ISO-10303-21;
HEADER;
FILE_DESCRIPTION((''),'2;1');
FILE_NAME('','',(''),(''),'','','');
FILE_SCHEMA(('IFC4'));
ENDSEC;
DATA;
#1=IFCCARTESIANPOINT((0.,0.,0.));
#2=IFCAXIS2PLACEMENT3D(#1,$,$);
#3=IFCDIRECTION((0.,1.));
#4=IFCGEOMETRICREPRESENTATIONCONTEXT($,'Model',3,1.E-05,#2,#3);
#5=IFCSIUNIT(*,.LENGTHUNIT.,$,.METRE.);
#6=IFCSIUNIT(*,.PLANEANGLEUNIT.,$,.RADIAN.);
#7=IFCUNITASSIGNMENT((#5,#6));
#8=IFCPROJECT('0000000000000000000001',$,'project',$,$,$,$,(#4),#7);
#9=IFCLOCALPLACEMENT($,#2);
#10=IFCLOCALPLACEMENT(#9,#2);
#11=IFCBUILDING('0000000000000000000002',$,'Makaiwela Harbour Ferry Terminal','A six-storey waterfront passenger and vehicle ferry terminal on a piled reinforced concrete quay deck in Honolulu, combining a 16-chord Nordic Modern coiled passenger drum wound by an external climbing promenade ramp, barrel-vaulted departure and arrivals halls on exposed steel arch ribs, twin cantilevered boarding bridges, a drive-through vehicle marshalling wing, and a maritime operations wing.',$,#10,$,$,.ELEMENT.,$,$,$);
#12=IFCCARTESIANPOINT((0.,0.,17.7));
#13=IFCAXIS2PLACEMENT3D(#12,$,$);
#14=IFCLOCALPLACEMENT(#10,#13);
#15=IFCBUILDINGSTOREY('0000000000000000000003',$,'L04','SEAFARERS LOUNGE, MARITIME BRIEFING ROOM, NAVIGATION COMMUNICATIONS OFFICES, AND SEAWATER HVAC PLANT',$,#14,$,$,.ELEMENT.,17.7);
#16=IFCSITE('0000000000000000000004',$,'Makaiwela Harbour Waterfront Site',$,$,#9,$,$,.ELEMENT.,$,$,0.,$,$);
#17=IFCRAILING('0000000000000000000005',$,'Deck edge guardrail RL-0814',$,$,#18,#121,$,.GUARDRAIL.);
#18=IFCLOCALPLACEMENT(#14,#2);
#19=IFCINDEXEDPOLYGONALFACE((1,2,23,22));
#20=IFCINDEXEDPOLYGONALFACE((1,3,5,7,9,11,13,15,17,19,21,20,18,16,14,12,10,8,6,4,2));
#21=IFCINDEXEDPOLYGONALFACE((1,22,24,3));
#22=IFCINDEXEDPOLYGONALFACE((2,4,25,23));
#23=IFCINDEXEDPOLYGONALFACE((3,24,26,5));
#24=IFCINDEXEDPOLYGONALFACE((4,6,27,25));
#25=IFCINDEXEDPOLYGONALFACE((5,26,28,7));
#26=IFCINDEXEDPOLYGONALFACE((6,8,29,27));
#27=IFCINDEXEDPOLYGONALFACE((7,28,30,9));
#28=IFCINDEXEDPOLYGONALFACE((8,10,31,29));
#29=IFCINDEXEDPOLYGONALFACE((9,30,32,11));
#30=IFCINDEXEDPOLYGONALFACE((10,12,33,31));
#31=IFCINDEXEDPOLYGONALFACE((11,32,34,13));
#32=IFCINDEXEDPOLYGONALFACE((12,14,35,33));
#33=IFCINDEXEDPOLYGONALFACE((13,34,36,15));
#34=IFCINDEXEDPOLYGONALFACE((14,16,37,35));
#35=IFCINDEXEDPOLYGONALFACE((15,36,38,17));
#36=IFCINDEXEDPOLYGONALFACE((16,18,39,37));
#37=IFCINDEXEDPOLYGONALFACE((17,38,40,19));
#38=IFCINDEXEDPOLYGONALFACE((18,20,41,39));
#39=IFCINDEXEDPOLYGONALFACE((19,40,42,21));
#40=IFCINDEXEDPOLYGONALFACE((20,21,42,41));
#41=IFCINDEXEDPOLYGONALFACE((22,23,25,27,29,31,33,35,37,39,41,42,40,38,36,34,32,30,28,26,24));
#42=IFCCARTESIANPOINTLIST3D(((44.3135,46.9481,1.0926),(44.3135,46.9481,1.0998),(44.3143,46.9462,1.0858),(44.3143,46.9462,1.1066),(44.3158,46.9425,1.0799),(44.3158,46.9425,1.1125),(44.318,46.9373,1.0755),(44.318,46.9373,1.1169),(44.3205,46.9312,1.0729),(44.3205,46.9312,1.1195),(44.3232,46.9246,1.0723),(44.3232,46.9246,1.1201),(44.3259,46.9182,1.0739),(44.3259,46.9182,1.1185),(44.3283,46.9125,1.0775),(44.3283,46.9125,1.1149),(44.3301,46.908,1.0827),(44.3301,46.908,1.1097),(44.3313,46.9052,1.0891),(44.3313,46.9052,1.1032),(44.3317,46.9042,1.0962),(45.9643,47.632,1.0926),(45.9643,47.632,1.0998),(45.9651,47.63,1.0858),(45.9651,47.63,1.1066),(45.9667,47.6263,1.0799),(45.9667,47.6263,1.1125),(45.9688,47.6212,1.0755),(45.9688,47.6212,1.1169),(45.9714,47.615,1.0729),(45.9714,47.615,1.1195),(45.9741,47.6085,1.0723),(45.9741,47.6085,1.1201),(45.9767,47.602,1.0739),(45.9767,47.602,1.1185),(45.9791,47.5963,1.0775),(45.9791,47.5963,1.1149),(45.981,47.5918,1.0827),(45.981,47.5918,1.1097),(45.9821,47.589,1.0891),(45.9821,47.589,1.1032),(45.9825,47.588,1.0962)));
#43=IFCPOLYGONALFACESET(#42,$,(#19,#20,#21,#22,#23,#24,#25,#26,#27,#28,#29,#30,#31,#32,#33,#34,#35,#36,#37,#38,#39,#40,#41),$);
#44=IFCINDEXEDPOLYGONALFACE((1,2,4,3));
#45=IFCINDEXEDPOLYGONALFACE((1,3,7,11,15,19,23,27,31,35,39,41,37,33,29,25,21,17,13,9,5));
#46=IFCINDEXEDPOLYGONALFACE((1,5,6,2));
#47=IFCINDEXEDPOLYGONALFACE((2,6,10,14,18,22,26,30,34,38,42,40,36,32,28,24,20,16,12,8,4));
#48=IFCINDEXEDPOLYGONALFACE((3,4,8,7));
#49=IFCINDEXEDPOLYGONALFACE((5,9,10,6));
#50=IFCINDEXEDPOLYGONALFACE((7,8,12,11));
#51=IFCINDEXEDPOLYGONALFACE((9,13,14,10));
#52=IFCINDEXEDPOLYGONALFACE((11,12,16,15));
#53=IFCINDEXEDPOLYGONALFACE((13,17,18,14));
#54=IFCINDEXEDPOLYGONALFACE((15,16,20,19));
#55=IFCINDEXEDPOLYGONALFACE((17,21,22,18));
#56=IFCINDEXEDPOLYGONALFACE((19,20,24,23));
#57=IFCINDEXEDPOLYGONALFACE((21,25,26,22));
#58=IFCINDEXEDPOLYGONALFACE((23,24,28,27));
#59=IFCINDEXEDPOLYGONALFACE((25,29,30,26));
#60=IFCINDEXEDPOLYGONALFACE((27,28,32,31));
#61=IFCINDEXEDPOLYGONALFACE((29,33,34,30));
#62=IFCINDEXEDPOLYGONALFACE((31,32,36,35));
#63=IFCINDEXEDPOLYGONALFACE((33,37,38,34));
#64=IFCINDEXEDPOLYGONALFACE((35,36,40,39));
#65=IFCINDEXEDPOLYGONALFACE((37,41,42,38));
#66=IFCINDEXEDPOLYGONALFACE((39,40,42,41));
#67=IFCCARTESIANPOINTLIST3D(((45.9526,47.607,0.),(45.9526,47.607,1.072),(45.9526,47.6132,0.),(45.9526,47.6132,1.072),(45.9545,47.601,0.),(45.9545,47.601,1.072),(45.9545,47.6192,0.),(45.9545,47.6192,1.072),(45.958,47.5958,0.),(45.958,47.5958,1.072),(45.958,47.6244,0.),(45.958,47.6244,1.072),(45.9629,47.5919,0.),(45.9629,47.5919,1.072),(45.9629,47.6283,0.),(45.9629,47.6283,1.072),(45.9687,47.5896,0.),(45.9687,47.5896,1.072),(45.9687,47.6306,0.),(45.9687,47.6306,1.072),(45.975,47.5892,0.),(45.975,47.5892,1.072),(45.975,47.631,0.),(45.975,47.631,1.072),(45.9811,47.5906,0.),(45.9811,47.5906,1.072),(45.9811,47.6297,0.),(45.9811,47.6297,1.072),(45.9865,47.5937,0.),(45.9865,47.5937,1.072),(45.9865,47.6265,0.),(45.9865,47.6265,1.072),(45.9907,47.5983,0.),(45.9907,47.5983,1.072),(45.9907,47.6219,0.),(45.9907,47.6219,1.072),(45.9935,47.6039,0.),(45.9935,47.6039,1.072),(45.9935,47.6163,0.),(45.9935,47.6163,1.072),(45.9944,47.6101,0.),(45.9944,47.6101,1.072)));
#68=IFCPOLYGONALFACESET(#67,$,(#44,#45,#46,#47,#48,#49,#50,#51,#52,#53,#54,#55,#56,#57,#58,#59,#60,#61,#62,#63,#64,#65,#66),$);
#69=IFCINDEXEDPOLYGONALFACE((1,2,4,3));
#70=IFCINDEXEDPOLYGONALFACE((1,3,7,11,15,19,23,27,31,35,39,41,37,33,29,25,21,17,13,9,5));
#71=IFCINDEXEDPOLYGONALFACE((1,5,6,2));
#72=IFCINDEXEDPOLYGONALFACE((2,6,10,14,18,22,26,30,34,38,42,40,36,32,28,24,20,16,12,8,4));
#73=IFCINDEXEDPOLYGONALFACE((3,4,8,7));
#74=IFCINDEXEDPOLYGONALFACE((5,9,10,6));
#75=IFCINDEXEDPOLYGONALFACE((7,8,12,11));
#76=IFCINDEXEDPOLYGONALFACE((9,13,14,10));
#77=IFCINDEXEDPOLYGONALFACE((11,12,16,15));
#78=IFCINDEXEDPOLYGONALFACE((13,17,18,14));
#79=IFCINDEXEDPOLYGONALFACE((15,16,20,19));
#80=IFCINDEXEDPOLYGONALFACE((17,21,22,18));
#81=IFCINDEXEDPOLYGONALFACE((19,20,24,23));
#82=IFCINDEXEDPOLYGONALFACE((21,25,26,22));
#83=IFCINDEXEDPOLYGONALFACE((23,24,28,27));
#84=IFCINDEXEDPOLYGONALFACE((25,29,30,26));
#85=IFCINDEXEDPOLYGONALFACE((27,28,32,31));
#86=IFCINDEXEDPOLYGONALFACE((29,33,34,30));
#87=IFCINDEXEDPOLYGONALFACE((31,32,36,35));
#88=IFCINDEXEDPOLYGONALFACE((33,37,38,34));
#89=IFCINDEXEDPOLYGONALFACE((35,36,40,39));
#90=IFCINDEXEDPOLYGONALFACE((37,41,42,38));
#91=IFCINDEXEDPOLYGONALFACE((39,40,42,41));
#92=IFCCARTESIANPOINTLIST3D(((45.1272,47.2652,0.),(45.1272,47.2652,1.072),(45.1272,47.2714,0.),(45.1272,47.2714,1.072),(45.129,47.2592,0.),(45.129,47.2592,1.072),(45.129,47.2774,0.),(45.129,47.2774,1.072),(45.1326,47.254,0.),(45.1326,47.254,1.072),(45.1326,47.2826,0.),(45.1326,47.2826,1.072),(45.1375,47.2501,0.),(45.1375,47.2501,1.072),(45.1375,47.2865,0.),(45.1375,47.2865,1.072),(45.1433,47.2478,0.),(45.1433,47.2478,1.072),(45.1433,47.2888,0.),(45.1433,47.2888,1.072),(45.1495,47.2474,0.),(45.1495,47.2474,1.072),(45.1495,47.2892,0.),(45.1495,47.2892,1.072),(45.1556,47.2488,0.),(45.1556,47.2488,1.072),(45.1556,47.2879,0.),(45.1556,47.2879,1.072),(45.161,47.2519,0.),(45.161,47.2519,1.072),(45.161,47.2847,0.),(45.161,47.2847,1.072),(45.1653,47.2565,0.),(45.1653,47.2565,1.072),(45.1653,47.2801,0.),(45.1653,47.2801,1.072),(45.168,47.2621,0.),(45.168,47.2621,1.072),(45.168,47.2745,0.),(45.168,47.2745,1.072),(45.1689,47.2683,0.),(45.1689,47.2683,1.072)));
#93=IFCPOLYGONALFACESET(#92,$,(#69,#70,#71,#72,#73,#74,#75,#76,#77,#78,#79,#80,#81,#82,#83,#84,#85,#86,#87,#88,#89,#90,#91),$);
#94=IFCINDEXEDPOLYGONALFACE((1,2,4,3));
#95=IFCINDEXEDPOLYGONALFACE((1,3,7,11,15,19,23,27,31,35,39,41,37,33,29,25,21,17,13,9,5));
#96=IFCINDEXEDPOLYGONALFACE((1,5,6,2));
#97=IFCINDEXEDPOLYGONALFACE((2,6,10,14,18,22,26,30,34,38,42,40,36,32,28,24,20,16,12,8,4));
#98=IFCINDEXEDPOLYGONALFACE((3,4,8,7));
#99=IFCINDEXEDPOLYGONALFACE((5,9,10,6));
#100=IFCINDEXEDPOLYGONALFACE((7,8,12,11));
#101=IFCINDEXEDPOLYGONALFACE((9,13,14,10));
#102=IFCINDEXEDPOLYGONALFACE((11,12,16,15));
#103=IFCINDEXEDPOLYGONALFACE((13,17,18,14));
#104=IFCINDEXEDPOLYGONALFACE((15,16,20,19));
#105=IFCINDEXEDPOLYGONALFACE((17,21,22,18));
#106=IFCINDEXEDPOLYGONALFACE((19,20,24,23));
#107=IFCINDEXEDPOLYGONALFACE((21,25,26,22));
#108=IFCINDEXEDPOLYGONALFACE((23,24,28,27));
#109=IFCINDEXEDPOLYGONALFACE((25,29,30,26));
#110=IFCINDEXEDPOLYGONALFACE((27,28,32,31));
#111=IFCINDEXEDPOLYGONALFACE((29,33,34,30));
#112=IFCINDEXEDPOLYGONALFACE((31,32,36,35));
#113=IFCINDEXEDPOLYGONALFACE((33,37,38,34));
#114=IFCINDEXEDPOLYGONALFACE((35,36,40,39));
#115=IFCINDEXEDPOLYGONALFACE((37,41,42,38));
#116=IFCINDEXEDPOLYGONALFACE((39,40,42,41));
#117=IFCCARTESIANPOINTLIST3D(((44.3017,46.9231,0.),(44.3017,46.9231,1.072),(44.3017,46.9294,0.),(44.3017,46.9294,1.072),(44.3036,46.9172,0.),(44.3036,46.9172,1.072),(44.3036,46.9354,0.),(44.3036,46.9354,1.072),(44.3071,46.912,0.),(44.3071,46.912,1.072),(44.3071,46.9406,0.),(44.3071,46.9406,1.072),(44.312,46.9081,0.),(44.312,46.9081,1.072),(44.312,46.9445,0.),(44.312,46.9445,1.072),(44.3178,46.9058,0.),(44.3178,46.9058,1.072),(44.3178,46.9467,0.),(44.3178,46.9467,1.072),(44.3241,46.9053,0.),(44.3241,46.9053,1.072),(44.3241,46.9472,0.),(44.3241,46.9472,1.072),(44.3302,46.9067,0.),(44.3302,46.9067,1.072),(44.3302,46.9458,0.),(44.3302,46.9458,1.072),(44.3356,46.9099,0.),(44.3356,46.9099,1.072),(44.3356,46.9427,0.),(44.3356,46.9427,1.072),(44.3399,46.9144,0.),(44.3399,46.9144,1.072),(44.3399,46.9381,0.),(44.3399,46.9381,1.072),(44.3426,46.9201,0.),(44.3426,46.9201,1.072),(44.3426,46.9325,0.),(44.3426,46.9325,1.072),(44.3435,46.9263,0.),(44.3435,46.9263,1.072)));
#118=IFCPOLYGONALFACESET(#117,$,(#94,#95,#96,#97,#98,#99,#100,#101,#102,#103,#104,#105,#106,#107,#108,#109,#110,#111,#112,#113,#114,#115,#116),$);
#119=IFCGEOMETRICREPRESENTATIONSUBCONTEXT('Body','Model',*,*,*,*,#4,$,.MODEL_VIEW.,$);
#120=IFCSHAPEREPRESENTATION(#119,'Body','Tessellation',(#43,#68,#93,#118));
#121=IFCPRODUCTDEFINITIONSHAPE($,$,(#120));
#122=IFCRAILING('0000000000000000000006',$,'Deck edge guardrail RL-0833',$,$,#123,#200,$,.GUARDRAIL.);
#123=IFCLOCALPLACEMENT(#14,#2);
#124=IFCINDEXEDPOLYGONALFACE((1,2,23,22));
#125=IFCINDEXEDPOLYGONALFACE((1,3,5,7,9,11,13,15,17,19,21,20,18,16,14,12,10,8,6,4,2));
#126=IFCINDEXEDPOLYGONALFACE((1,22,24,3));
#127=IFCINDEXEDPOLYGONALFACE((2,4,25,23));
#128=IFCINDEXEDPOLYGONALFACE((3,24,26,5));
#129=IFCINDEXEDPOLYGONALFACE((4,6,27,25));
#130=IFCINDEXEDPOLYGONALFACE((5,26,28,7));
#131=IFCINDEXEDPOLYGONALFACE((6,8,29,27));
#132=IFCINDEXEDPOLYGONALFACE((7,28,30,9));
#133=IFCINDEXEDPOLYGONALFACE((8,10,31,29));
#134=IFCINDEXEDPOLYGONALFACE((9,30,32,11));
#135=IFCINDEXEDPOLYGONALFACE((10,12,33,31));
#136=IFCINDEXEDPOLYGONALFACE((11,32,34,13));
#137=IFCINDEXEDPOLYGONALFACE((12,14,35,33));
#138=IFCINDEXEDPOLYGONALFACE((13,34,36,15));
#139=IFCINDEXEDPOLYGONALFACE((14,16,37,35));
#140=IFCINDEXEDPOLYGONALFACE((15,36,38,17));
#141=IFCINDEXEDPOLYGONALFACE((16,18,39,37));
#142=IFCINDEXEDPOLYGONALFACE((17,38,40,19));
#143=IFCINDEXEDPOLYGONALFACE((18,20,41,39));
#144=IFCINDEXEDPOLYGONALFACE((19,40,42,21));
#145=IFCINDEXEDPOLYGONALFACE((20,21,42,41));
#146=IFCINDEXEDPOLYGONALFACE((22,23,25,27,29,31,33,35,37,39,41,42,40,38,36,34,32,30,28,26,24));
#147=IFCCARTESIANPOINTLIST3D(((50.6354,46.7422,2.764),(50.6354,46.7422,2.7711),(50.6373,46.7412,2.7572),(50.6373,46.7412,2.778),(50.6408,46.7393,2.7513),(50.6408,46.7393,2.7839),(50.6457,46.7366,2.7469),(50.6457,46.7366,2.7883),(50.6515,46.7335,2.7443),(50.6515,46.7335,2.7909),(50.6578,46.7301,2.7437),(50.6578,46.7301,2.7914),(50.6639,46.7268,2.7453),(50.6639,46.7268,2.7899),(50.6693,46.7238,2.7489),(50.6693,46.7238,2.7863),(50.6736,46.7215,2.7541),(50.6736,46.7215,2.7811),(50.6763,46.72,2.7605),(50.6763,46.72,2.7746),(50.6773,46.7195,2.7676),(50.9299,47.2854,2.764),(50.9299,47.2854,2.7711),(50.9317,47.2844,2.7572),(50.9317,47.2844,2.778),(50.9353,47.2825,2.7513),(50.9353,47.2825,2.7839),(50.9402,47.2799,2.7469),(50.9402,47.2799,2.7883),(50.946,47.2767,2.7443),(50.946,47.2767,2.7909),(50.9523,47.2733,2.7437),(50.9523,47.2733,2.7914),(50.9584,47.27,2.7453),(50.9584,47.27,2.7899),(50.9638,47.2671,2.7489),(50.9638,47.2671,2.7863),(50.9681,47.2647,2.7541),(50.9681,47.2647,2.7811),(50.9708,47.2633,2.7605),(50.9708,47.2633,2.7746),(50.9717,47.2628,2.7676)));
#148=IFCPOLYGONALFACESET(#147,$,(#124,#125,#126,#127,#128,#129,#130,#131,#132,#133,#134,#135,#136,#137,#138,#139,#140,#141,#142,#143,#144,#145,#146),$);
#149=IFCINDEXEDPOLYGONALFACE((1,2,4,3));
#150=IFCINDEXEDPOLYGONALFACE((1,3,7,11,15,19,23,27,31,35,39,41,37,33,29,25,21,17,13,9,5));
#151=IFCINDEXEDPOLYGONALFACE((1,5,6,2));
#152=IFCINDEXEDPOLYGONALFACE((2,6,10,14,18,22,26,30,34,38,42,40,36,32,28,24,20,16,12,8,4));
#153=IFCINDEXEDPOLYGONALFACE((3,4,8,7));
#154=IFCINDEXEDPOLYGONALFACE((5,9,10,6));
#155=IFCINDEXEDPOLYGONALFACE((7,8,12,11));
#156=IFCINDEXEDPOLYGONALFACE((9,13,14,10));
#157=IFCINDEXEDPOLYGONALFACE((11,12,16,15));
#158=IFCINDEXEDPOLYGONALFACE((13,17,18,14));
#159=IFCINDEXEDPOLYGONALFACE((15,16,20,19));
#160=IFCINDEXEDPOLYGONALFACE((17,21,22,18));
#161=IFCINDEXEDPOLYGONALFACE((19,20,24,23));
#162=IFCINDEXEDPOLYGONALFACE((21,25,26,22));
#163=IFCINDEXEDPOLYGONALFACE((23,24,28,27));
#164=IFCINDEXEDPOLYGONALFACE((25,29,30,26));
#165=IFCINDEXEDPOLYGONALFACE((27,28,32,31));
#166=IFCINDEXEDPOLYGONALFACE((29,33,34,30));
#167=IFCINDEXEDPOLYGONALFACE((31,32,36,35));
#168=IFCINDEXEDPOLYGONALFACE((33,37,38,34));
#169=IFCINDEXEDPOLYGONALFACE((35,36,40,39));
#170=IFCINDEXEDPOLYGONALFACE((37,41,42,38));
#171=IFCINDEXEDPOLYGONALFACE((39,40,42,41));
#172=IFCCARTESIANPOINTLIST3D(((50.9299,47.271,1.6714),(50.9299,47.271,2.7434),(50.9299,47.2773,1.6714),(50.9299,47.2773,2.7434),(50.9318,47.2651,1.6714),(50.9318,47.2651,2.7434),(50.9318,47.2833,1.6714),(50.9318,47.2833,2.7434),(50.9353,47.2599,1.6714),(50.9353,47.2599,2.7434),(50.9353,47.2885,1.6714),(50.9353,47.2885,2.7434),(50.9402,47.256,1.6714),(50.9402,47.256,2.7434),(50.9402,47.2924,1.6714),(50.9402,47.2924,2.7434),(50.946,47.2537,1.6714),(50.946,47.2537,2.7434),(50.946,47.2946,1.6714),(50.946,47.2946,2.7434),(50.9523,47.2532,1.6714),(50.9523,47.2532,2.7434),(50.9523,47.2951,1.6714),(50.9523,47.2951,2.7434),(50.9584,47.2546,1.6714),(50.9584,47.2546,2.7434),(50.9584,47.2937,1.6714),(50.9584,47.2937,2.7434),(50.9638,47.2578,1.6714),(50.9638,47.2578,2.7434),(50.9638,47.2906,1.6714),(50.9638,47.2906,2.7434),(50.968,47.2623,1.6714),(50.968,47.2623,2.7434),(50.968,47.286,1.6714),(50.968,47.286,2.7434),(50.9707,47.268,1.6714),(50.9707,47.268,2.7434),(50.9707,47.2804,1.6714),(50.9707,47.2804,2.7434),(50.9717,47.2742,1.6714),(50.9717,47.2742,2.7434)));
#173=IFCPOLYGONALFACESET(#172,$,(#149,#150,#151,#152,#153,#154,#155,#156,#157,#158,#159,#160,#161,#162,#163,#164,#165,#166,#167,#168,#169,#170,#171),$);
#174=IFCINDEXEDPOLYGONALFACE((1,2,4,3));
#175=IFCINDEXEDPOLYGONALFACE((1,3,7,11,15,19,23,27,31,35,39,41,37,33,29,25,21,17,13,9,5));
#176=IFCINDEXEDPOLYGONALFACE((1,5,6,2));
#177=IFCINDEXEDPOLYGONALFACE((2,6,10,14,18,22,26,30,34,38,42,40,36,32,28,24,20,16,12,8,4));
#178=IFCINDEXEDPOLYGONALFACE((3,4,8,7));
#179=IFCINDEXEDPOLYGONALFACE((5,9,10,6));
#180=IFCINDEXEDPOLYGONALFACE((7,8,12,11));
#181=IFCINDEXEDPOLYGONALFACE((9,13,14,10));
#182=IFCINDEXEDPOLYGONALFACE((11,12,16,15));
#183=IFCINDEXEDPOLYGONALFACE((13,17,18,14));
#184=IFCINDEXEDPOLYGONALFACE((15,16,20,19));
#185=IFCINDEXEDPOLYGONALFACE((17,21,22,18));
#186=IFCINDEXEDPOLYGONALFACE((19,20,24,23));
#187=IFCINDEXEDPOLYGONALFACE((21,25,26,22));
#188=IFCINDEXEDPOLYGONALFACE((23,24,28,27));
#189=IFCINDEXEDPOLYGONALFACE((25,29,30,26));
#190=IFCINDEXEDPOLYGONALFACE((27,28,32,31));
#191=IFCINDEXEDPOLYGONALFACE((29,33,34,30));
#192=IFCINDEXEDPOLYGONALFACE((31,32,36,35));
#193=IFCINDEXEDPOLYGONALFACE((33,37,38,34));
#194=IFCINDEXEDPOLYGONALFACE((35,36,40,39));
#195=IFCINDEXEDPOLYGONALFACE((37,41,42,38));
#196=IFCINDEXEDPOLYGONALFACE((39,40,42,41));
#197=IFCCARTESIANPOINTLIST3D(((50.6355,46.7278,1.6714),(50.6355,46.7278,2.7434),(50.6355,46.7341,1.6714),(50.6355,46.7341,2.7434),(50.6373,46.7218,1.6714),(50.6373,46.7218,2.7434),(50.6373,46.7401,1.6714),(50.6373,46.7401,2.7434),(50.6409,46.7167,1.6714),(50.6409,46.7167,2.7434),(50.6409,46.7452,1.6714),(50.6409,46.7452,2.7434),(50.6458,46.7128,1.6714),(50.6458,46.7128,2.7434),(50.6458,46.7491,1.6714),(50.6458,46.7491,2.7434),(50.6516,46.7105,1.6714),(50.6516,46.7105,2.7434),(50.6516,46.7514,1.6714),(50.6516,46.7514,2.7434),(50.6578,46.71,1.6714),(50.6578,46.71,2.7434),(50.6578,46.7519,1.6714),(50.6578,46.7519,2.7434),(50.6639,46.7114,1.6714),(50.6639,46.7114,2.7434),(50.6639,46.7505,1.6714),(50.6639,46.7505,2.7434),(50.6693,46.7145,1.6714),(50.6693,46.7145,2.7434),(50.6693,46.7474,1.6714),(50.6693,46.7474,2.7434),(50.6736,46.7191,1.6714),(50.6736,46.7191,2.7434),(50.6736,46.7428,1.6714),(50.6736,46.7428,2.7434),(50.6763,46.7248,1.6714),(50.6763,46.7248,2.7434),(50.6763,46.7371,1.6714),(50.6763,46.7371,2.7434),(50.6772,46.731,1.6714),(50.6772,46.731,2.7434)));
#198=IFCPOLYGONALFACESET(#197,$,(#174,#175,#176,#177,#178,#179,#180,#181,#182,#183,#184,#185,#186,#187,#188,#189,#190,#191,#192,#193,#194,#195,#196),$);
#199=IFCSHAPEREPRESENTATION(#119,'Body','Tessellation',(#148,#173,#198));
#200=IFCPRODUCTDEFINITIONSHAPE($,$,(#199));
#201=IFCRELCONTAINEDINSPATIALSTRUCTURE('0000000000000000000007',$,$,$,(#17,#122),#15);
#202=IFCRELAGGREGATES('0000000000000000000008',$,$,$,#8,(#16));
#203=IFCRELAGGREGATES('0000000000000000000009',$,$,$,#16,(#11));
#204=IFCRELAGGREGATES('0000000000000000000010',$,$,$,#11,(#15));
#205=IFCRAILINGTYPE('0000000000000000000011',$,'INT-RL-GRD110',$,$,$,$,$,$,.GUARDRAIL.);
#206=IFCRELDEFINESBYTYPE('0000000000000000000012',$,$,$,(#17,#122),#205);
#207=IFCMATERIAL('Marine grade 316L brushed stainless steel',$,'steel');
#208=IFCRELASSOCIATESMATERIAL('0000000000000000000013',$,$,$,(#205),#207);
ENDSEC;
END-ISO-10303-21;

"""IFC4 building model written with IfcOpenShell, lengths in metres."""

from ifc_helpers import new_model, si_unit, direction, frame, origin, origin_2d, place, context, subcontext, project, spatial, circle, extrude, material, type_object, element, save


model = new_model("IFC4")

# Units and contexts
model_context = context("Model", 3, precision=1e-05, world=origin(), true_north=direction((0.0, 1.0)))
body_context = subcontext(model_context, "Body", "Model", "MODEL_VIEW")
ifc_project = project(units=[si_unit("LENGTHUNIT", "METRE"), si_unit("PLANEANGLEUNIT", "RADIAN")], contexts=[model_context])

# Site, building, storey
site_placement = place(None, origin())
site = spatial("IfcSite", under=ifc_project, at=site_placement, Name="Makaiwela Harbour Waterfront Site", CompositionType="ELEMENT", RefElevation=0.0)
building_placement = place(site_placement, origin())
building = spatial("IfcBuilding", under=site, at=building_placement, Name="Makaiwela Harbour Ferry Terminal", Description="A six-storey waterfront passenger and vehicle ferry terminal on a piled reinforced concrete quay deck in Honolulu, combining a 16-chord Nordic Modern coiled passenger drum wound by an external climbing promenade ramp, barrel-vaulted departure and arrivals halls on exposed steel arch ribs, twin cantilevered boarding bridges, a drive-through vehicle marshalling wing, and a maritime operations wing.", CompositionType="ELEMENT")
storey_placement = place(building_placement, frame((0.0, 0.0, 17.7)))
storey = spatial("IfcBuildingStorey", under=building, at=storey_placement, Name="L04", Description="SEAFARERS LOUNGE, MARITIME BRIEFING ROOM, NAVIGATION COMMUNICATIONS OFFICES, AND SEAWATER HVAC PLANT", CompositionType="ELEMENT", Elevation=17.7)

# Railings
ifc_material_1 = material(Name="Marine grade 316L brushed stainless steel", Category="steel")
railing_type_1 = type_object("IfcRailingType", Name="INT-RL-GRD110", PredefinedType="GUARDRAIL", material=ifc_material_1)
railing_1_placement = place(storey_placement, frame((45.9734, 47.6101, 0.0)))
element("IfcRailing", 1, at=railing_1_placement, inside=storey, type_object=railing_type_1, Name="Deck edge guardrail RL-0814", PredefinedType="GUARDRAIL", context=body_context, shape_type="SweptSolid", body=[
    extrude(circle(Radius=0.0239, at=origin_2d()), frame((0.0, 0.0, 1.0962), z_axis=(-0.923875, -0.382694, 0.0), x_axis=(0.382694, -0.923875, 0.0)), (0.0, 0.0, 1.0), 1.7869),
    extrude(circle(Radius=0.021, at=origin_2d()), origin(), (0.0, 0.0, 1.0), 1.072),
    extrude(circle(Radius=0.021, at=origin_2d()), frame((-0.8254, -0.3418, 0.0)), (0.0, 0.0, 1.0), 1.072),
    extrude(circle(Radius=0.021, at=origin_2d()), frame((-1.6509, -0.6838, 0.0)), (0.0, 0.0, 1.0), 1.072),
])
railing_2_placement = place(storey_placement, frame((50.9507, 47.2742, 1.6714)))
element("IfcRailing", 2, at=railing_2_placement, inside=storey, type_object=railing_type_1, Name="Deck edge guardrail RL-0833", PredefinedType="GUARDRAIL", context=body_context, shape_type="SweptSolid", body=[
    extrude(circle(Radius=0.0239, at=origin_2d()), frame((0.0, 0.0, 1.0962), z_axis=(-0.476525, -0.879161, 0.0), x_axis=(0.879161, -0.476525, 0.0)), (0.0, 0.0, 1.0), 0.6179),
    extrude(circle(Radius=0.021, at=origin_2d()), origin(), (0.0, 0.0, 1.0), 1.072),
    extrude(circle(Radius=0.021, at=origin_2d()), frame((-0.2944, -0.5432, 0.0)), (0.0, 0.0, 1.0), 1.072),
])

save(model, "model.ifc")
